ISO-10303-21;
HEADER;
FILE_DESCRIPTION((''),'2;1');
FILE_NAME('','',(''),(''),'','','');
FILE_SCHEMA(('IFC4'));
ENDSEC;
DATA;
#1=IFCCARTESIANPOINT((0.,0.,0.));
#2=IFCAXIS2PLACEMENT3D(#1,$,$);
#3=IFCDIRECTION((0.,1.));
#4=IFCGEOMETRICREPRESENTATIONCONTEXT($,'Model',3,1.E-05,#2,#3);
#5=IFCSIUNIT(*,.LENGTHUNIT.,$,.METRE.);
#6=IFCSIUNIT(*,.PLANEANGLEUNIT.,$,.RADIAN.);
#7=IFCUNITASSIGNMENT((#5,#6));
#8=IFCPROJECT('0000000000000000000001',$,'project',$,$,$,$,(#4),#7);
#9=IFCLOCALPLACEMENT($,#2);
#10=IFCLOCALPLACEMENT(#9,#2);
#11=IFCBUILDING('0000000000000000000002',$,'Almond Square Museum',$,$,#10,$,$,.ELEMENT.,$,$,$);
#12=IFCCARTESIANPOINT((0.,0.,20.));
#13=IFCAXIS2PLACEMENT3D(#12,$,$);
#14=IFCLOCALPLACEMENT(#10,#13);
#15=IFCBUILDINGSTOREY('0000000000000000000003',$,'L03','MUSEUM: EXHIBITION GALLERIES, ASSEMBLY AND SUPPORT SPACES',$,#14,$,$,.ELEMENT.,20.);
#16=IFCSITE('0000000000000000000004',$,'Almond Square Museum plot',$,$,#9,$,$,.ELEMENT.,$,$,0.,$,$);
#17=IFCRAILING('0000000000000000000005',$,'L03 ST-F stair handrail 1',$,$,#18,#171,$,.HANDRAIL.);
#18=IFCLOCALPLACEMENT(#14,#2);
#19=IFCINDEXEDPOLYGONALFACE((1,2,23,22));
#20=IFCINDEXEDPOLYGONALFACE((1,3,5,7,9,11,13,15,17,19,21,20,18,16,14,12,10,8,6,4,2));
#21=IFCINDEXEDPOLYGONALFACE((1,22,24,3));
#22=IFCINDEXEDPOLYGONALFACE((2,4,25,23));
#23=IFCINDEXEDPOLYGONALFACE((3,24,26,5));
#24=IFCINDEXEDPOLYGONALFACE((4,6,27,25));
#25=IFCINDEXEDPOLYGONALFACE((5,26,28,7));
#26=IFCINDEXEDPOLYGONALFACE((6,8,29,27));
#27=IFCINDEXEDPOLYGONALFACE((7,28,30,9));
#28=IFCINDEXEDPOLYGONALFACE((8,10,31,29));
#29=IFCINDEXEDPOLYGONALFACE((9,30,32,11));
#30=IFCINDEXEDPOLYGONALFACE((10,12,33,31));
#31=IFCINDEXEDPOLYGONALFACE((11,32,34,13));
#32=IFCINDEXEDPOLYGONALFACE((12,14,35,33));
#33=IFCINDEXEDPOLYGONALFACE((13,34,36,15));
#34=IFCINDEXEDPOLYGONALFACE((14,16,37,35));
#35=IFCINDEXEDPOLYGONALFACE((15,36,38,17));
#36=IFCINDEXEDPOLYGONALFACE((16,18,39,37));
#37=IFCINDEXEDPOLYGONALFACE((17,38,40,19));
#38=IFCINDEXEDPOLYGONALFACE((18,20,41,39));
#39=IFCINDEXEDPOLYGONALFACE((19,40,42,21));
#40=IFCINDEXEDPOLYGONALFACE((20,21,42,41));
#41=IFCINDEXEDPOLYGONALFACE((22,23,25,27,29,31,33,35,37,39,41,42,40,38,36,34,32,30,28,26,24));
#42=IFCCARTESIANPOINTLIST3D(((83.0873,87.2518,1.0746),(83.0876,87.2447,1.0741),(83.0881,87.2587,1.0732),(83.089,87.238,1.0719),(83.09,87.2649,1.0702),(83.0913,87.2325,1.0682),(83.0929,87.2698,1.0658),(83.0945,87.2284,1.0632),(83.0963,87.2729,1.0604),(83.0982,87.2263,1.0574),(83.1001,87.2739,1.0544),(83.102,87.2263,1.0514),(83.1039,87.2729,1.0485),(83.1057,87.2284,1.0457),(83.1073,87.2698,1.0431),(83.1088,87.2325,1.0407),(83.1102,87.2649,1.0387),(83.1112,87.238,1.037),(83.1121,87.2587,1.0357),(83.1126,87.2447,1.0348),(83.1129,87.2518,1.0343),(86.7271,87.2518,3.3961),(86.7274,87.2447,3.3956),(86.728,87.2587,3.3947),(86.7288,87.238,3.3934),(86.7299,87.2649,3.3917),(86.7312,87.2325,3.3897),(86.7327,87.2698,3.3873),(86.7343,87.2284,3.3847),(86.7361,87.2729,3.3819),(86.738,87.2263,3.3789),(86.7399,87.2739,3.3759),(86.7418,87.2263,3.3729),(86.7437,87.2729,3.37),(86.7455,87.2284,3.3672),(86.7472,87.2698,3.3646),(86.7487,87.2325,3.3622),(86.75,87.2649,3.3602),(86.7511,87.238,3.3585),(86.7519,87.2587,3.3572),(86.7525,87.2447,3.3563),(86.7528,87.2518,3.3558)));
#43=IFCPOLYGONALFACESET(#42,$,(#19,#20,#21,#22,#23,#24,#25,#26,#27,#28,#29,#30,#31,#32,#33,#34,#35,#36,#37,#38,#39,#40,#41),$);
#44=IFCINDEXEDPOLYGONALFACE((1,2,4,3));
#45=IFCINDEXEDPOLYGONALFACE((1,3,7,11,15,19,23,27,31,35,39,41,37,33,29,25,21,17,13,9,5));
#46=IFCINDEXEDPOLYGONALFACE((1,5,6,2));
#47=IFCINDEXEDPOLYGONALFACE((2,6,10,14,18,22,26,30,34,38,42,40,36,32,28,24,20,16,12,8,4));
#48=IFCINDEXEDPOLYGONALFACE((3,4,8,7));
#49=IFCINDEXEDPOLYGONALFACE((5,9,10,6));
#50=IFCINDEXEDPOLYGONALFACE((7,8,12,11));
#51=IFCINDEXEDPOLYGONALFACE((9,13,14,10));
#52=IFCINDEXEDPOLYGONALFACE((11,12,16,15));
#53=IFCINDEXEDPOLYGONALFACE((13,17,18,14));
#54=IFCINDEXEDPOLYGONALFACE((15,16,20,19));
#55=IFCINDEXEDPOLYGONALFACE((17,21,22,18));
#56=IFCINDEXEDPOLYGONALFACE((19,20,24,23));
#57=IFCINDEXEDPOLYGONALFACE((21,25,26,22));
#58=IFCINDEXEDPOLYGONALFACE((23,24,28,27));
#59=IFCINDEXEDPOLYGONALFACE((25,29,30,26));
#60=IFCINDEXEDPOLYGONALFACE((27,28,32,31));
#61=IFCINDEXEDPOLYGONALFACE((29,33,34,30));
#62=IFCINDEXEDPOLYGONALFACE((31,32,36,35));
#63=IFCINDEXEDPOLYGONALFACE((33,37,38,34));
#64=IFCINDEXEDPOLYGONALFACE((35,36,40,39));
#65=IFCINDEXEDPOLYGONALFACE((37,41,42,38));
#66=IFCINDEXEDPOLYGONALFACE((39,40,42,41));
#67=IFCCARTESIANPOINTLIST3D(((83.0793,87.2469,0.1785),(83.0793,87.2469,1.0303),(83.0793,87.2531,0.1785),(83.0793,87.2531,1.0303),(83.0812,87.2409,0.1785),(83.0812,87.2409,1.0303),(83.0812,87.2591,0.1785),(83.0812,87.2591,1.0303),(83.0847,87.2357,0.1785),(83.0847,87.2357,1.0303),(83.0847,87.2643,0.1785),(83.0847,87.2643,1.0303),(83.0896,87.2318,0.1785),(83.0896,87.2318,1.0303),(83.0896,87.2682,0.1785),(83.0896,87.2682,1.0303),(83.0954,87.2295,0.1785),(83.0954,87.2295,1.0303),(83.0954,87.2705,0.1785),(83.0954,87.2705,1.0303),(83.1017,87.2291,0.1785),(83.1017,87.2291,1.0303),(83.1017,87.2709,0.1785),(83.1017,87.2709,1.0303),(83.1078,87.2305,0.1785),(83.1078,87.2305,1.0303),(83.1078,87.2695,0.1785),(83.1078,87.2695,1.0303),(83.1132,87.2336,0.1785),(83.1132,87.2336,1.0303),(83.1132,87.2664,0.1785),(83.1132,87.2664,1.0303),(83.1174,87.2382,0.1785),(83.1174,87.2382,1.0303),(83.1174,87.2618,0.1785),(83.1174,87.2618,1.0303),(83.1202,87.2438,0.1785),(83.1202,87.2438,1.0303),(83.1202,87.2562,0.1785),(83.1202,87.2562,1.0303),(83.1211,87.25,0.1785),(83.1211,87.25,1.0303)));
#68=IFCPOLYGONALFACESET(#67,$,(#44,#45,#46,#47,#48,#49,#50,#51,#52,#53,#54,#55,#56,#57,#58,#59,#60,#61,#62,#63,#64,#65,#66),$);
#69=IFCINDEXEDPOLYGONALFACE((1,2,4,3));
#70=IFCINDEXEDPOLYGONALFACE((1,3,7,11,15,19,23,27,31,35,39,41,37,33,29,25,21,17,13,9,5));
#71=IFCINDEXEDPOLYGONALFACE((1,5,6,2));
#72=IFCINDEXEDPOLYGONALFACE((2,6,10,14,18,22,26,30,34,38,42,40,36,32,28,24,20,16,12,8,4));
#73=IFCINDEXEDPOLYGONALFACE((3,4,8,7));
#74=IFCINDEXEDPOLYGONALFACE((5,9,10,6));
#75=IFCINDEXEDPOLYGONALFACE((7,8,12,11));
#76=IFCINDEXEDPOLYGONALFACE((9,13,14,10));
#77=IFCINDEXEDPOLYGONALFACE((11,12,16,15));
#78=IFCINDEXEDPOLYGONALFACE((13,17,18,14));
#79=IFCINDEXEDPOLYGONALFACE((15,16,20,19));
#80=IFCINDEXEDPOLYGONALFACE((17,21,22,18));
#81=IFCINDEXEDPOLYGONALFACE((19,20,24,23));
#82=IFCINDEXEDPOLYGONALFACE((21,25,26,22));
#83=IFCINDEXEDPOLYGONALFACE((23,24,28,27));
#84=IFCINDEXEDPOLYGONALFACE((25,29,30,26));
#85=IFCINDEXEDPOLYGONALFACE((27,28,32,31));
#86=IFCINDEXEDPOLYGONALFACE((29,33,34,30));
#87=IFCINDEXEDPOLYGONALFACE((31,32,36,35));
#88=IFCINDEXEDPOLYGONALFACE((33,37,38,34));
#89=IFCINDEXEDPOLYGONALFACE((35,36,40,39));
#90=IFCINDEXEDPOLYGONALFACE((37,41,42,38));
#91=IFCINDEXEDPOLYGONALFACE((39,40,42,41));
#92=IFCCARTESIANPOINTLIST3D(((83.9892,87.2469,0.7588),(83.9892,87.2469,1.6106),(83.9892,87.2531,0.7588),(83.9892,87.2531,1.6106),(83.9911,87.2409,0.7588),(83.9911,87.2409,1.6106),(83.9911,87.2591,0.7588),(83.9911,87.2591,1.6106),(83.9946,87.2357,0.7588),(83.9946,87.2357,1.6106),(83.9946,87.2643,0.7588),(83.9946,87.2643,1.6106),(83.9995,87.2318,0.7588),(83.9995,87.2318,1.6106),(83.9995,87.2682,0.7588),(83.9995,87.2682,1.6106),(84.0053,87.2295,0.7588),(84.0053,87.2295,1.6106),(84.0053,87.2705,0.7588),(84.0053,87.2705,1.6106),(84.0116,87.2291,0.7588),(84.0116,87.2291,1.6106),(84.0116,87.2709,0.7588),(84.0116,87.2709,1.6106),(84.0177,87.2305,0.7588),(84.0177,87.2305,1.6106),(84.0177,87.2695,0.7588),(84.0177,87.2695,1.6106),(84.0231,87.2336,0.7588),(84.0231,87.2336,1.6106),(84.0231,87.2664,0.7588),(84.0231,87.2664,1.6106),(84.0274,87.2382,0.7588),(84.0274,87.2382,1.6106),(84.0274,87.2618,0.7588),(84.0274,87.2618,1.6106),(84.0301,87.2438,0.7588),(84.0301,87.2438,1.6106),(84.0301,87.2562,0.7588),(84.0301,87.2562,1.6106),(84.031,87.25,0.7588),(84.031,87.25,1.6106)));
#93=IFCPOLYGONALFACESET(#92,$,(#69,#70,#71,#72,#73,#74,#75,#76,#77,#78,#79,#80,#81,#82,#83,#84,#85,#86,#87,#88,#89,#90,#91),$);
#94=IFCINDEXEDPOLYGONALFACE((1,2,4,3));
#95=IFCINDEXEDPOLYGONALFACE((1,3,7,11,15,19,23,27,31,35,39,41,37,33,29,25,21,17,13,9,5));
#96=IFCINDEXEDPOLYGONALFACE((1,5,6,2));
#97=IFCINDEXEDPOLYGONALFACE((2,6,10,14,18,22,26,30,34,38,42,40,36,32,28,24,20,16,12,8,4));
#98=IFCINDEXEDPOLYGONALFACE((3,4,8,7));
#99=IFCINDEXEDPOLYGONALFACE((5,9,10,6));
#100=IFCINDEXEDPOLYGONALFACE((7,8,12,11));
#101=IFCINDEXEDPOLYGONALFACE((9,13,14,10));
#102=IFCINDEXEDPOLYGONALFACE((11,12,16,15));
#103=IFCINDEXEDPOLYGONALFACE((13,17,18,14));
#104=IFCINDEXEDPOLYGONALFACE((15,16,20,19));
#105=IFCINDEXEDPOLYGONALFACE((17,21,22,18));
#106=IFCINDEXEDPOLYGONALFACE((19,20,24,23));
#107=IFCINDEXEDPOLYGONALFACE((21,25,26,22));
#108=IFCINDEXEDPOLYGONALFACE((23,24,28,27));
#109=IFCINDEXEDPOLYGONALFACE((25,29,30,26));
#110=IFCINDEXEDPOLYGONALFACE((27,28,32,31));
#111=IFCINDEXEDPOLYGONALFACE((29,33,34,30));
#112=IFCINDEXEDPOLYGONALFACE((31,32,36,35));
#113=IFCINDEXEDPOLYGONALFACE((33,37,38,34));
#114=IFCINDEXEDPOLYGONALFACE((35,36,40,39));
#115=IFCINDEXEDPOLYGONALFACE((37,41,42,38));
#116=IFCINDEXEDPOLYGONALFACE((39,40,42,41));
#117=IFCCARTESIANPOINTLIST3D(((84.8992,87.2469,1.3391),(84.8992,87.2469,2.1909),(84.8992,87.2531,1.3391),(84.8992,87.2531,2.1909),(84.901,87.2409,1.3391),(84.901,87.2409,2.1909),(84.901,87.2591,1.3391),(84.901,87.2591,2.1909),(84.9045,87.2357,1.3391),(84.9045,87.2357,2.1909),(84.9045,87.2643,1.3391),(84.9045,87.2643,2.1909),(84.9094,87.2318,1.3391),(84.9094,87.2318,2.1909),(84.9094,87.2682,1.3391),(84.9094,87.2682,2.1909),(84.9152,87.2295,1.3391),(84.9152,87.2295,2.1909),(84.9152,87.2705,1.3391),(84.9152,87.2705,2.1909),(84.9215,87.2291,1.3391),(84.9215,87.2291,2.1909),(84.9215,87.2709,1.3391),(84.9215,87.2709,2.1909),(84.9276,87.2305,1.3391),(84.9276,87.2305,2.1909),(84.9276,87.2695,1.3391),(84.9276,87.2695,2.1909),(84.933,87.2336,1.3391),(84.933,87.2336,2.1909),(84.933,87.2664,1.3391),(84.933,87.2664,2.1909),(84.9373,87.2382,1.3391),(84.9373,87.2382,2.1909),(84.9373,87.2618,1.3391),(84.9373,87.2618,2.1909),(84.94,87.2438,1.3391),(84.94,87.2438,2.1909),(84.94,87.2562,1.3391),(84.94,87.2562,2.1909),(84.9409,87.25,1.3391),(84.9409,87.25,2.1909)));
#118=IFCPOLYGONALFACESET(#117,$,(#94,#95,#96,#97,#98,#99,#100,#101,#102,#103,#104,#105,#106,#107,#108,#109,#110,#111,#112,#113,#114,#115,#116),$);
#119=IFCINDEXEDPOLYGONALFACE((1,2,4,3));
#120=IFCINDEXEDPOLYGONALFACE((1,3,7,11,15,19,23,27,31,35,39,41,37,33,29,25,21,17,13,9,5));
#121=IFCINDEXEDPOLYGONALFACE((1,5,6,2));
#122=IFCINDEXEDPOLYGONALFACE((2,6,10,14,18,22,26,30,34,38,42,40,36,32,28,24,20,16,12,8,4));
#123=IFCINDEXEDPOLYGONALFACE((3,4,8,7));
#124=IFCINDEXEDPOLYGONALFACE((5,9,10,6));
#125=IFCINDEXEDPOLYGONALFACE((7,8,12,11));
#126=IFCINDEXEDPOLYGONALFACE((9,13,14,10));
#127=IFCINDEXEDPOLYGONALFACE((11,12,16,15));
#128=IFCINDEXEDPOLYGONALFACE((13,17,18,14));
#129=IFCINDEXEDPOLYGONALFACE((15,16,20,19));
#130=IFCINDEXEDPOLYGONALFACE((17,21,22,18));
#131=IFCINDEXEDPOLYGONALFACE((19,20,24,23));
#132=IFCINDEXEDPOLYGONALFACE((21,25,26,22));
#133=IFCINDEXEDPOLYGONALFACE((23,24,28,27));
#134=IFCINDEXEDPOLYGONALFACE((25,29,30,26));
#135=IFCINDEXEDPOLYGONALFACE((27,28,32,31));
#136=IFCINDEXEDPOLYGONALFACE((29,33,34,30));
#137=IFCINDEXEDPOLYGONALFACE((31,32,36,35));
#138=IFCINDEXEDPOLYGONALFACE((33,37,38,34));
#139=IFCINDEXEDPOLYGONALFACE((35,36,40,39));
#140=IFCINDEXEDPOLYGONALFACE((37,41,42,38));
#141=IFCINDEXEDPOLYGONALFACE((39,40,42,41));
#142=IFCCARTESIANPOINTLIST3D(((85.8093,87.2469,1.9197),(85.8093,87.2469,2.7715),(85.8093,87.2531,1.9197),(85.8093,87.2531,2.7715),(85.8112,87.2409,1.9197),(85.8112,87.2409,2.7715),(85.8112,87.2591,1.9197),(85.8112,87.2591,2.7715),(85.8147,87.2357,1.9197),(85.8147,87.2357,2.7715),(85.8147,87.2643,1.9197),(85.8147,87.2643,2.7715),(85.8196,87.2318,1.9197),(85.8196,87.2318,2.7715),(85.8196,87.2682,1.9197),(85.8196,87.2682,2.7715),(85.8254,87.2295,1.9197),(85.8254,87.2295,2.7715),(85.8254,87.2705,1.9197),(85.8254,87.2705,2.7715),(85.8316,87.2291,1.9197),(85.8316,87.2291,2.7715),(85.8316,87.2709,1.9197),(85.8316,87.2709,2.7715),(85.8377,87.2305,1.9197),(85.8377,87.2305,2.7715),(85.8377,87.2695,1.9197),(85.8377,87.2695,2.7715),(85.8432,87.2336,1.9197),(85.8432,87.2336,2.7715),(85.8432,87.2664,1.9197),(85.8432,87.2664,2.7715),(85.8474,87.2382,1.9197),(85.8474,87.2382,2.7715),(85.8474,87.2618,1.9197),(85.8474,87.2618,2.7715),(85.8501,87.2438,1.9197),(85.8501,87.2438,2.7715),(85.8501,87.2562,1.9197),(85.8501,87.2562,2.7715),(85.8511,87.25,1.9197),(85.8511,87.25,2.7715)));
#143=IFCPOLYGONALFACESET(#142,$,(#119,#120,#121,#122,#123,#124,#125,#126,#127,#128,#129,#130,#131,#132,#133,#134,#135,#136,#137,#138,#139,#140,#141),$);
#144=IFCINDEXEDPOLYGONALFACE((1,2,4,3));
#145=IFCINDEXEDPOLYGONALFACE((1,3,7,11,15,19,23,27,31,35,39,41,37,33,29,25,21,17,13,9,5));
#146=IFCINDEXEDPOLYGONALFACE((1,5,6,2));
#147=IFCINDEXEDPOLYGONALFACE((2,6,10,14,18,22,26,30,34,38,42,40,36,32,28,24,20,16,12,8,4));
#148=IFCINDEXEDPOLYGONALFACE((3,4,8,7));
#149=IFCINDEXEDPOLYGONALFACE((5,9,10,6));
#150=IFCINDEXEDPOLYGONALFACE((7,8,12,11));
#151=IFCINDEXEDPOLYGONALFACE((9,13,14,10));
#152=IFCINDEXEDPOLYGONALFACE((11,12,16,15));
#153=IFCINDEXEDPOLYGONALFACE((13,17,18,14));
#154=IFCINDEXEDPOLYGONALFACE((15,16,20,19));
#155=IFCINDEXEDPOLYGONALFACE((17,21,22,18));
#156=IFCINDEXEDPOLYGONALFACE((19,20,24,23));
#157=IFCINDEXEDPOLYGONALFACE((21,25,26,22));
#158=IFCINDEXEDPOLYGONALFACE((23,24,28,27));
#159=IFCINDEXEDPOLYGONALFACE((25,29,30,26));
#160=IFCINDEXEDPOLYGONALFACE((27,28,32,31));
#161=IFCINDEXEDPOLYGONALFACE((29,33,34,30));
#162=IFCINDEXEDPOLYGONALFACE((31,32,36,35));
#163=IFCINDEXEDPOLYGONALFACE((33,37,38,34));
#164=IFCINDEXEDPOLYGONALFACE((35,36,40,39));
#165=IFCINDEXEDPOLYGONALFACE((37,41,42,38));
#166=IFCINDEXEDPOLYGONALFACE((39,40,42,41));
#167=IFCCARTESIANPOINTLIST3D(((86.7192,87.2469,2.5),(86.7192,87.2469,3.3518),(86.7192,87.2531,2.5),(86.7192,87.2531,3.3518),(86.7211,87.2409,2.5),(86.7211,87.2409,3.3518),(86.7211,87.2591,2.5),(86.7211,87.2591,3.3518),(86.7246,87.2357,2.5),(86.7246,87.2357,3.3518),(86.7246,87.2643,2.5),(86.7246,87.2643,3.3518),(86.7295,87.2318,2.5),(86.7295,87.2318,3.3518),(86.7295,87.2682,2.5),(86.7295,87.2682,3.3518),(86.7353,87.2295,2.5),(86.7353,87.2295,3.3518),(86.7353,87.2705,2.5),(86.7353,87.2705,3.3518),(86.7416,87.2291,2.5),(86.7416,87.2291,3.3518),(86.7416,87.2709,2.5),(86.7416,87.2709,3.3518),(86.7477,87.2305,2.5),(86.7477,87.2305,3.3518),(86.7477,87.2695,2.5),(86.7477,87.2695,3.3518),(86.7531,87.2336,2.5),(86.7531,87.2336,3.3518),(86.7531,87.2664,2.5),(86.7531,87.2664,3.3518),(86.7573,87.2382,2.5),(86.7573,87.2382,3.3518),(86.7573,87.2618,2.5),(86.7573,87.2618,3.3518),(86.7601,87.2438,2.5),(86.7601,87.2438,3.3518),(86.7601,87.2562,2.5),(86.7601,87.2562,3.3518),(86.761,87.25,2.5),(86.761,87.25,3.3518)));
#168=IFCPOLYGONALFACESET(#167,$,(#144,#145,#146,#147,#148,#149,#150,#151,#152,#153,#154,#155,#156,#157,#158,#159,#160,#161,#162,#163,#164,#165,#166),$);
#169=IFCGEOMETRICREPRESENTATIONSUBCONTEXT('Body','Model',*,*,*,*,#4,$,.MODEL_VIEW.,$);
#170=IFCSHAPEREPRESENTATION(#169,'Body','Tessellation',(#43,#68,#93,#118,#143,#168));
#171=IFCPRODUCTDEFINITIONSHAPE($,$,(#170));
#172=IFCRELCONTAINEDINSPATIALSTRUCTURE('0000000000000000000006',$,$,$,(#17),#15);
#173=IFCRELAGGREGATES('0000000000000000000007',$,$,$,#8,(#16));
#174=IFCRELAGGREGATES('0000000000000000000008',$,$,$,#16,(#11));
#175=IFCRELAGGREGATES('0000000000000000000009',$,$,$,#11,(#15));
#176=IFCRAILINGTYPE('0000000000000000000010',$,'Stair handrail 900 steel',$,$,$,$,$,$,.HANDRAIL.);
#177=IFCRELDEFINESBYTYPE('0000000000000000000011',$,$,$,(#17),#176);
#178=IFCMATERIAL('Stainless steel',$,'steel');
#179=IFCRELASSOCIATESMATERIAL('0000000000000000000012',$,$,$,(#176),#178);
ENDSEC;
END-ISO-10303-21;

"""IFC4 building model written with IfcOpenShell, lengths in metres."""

from ifc_helpers import new_model, si_unit, direction, frame, origin, origin_2d, place, context, subcontext, project, spatial, circle, extrude, material, type_object, element, save


model = new_model("IFC4")

# Units and contexts
model_context = context("Model", 3, precision=1e-05, world=origin(), true_north=direction((0.0, 1.0)))
body_context = subcontext(model_context, "Body", "Model", "MODEL_VIEW")
ifc_project = project(units=[si_unit("LENGTHUNIT", "METRE"), si_unit("PLANEANGLEUNIT", "RADIAN")], contexts=[model_context])

# Site, building, storey
site_placement = place(None, origin())
site = spatial("IfcSite", under=ifc_project, at=site_placement, Name="Almond Square Museum plot", CompositionType="ELEMENT", RefElevation=0.0)
building_placement = place(site_placement, origin())
building = spatial("IfcBuilding", under=site, at=building_placement, Name="Almond Square Museum", CompositionType="ELEMENT")
storey_placement = place(building_placement, frame((0.0, 0.0, 20.0)))
storey = spatial("IfcBuildingStorey", under=building, at=storey_placement, Name="L03", Description="MUSEUM: EXHIBITION GALLERIES, ASSEMBLY AND SUPPORT SPACES", CompositionType="ELEMENT", Elevation=20.0)

# Railing
ifc_material_1 = material(Name="Stainless steel", Category="steel")
railing_type_1 = type_object("IfcRailingType", Name="Stair handrail 900 steel", PredefinedType="HANDRAIL", material=ifc_material_1)
railing_1_placement = place(storey_placement, frame((83.1001, 87.25, 0.1785)))
element("IfcRailing", 1, at=railing_1_placement, inside=storey, type_object=railing_type_1, Name="L03 ST-F stair handrail 1", PredefinedType="HANDRAIL", context=body_context, shape_type="SweptSolid", body=[
    extrude(circle(Radius=0.0239, at=origin_2d()), frame((0.0, 0.0, 0.876), z_axis=(0.843112, 0.0, 0.537739), x_axis=(0.0, 1.0, 0.0)), (0.0, 0.0, 1.0), 4.3171),
    extrude(circle(Radius=0.021, at=origin_2d()), origin(), (0.0, 0.0, 1.0), 0.8518),
    extrude(circle(Radius=0.021, at=origin_2d()), frame((0.9099, 0.0, 0.5803)), (0.0, 0.0, 1.0), 0.8518),
    extrude(circle(Radius=0.021, at=origin_2d()), frame((1.8198, 0.0, 1.1606)), (0.0, 0.0, 1.0), 0.8518),
    extrude(circle(Radius=0.021, at=origin_2d()), frame((2.73, 0.0, 1.7412)), (0.0, 0.0, 1.0), 0.8518),
    extrude(circle(Radius=0.021, at=origin_2d()), frame((3.6399, 0.0, 2.3215)), (0.0, 0.0, 1.0), 0.8518),
])

save(model, "model.ifc")
